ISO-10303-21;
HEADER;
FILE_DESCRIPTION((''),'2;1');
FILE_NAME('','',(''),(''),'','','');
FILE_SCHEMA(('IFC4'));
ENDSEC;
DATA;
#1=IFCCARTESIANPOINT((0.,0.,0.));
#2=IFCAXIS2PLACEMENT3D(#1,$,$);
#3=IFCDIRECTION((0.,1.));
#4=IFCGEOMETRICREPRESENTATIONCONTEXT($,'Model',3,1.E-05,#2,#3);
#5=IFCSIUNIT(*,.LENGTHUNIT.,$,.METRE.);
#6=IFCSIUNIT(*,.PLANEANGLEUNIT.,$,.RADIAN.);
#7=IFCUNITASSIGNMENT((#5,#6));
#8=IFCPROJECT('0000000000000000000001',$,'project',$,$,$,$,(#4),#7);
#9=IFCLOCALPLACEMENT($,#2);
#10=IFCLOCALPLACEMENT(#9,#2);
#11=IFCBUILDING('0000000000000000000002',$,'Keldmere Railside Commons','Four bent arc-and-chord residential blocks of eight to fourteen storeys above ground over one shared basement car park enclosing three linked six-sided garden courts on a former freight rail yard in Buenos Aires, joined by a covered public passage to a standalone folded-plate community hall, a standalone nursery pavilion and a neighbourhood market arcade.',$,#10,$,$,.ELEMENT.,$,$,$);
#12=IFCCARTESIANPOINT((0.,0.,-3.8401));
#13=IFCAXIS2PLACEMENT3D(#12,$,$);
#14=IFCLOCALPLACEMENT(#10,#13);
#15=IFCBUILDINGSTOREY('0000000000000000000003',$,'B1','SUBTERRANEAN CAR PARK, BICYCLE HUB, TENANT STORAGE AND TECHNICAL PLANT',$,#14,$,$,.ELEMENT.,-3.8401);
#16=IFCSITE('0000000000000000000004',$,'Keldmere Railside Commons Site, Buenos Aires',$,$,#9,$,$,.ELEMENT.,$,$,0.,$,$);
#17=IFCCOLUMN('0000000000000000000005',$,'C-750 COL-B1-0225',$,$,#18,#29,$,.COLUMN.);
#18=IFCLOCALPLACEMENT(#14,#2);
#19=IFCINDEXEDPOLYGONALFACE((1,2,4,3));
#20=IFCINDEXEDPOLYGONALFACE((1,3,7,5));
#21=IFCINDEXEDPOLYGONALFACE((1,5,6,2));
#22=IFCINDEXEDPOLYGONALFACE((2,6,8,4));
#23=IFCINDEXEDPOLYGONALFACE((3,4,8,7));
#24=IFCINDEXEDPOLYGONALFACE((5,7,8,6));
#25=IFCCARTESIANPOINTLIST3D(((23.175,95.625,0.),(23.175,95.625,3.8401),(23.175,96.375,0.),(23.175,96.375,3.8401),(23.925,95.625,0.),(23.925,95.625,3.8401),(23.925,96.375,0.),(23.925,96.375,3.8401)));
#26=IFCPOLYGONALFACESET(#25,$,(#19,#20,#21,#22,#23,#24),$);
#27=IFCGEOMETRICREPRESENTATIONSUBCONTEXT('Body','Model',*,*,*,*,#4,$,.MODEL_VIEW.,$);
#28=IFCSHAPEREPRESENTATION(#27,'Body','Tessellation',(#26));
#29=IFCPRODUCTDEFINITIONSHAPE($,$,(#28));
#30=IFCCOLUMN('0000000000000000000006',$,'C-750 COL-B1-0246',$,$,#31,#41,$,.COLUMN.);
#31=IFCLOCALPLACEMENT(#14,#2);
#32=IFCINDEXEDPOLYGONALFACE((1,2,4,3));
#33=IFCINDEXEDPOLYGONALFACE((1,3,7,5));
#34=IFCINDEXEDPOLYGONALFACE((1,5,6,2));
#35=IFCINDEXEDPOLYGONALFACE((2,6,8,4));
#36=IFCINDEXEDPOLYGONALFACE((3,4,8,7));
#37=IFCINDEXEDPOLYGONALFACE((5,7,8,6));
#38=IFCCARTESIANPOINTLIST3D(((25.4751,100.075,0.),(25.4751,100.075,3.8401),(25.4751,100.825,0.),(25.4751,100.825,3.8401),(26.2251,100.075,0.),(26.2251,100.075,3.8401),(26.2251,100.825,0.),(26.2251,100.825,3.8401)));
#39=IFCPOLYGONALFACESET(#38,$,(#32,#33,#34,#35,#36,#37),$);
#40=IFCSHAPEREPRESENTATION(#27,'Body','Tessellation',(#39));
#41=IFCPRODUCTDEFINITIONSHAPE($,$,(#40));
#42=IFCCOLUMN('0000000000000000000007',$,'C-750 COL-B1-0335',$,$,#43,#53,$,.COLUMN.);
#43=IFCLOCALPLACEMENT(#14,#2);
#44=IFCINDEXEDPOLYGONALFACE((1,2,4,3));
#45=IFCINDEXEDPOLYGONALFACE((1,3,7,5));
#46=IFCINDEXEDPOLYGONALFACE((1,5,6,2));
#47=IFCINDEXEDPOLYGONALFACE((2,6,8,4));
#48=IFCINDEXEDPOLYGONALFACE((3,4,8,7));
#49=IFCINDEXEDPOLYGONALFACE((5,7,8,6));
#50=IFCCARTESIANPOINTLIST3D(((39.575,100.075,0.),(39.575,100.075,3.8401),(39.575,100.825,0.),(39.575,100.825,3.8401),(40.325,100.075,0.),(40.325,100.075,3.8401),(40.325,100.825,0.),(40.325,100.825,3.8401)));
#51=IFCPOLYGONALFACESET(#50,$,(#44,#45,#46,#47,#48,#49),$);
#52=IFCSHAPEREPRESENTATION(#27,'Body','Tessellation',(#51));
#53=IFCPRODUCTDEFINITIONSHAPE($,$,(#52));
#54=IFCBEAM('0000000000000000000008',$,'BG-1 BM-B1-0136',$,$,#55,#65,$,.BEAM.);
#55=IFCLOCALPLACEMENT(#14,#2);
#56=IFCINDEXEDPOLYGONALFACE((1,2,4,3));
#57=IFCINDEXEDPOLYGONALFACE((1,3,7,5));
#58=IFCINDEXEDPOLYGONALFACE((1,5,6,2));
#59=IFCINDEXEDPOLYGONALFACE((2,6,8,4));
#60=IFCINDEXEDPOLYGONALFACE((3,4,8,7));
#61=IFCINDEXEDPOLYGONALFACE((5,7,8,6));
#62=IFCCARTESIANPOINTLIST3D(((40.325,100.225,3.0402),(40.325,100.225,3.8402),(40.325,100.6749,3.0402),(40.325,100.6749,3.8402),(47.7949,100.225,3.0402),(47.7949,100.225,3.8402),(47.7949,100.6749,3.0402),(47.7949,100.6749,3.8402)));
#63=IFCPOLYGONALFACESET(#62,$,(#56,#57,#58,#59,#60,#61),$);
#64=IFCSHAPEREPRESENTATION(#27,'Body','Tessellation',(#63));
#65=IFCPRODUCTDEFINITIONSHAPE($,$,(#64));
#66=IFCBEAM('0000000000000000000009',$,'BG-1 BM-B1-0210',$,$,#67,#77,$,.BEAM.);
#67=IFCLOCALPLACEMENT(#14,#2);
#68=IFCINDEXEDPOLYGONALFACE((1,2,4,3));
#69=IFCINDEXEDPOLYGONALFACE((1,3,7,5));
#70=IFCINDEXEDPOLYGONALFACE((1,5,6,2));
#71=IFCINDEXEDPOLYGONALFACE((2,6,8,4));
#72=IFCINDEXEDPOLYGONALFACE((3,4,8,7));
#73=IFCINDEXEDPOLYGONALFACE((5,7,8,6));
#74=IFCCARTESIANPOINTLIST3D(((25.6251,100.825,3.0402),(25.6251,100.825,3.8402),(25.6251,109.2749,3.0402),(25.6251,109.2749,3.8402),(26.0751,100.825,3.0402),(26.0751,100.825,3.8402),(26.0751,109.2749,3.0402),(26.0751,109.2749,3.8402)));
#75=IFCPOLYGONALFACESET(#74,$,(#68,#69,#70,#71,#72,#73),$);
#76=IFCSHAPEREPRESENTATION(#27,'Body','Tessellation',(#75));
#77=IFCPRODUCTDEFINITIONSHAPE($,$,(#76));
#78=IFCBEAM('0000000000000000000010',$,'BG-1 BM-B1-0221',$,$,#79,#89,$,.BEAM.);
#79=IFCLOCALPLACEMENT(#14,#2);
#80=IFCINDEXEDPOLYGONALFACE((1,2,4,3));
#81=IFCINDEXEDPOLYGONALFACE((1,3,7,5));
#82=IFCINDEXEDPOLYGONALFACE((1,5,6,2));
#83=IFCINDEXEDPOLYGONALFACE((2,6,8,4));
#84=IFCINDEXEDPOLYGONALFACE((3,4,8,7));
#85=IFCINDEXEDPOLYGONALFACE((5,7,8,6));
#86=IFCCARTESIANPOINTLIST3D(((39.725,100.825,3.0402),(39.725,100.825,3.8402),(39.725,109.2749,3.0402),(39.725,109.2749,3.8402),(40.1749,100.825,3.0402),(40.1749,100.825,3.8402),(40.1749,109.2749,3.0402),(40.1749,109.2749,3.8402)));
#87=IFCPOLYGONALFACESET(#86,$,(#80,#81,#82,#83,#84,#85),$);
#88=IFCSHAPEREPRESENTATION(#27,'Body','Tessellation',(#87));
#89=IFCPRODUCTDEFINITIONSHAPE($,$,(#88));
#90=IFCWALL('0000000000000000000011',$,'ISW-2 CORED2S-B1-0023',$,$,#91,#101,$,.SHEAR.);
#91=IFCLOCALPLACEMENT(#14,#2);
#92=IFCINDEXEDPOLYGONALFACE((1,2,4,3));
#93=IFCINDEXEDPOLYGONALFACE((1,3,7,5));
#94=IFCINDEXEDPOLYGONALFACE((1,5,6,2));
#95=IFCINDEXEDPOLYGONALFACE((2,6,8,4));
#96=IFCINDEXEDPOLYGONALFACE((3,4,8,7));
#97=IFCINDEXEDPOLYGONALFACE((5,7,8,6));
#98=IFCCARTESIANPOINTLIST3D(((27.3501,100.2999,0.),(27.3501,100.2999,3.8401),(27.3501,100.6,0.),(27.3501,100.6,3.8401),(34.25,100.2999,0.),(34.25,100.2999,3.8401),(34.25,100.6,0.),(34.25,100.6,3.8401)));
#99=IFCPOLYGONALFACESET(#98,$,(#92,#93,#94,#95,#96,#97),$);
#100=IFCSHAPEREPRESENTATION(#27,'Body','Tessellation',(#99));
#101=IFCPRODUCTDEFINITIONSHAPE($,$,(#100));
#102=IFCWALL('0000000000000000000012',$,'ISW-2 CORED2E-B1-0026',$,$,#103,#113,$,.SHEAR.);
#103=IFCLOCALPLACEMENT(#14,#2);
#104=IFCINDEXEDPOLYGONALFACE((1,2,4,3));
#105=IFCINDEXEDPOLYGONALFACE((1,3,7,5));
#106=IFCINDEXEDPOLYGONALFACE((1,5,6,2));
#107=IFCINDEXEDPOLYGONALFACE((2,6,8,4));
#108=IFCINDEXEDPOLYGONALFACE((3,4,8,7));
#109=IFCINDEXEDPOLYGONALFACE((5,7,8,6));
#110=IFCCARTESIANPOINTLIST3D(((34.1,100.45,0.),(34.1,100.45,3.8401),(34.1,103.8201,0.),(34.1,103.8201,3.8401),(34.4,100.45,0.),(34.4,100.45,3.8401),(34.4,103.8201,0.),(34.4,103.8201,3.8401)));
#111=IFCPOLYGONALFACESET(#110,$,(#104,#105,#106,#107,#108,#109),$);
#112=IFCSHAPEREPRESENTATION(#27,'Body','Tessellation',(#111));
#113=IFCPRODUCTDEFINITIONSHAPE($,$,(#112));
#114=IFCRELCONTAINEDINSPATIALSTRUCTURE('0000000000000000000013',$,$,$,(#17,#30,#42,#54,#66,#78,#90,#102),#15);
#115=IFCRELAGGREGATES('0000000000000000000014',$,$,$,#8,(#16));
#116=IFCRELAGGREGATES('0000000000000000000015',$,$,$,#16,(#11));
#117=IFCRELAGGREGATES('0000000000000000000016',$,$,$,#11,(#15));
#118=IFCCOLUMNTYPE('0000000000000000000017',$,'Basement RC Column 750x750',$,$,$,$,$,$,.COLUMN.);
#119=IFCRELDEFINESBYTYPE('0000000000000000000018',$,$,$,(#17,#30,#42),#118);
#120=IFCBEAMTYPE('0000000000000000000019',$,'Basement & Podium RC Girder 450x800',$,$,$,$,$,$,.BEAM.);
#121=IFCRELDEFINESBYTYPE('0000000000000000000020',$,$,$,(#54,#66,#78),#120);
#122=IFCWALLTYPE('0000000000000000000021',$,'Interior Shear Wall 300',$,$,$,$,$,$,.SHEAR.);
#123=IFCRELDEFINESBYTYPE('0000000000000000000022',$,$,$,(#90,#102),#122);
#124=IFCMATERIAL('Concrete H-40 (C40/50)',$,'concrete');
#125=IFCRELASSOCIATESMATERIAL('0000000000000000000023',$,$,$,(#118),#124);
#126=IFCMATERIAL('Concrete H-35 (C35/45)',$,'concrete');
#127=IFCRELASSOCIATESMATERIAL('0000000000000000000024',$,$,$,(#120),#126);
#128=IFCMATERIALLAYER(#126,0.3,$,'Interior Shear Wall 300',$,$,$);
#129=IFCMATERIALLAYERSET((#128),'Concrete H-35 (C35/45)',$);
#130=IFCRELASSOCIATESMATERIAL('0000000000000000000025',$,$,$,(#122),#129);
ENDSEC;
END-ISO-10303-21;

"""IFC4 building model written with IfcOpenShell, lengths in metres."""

from ifc_helpers import new_model, si_unit, direction, frame, frame_2d, origin, origin_2d, place, context, subcontext, project, spatial, rectangle, extrude, material, layer, layer_set, material_profile, profile_set, type_object, element, save


model = new_model("IFC4")

# Units and contexts
model_context = context("Model", 3, precision=1e-05, world=origin(), true_north=direction((0.0, 1.0)))
body_context = subcontext(model_context, "Body", "Model", "MODEL_VIEW")
ifc_project = project(units=[si_unit("LENGTHUNIT", "METRE"), si_unit("PLANEANGLEUNIT", "RADIAN")], contexts=[model_context])

# Site, building, storey
site_placement = place(None, origin())
site = spatial("IfcSite", under=ifc_project, at=site_placement, Name="Keldmere Railside Commons Site, Buenos Aires", CompositionType="ELEMENT", RefElevation=0.0)
building_placement = place(site_placement, origin())
building = spatial("IfcBuilding", under=site, at=building_placement, Name="Keldmere Railside Commons", Description="Four bent arc-and-chord residential blocks of eight to fourteen storeys above ground over one shared basement car park enclosing three linked six-sided garden courts on a former freight rail yard in Buenos Aires, joined by a covered public passage to a standalone folded-plate community hall, a standalone nursery pavilion and a neighbourhood market arcade.", CompositionType="ELEMENT")
storey_placement = place(building_placement, frame((0.0, 0.0, -3.8401)))
storey = spatial("IfcBuildingStorey", under=building, at=storey_placement, Name="B1", Description="SUBTERRANEAN CAR PARK, BICYCLE HUB, TENANT STORAGE AND TECHNICAL PLANT", CompositionType="ELEMENT", Elevation=-3.8401)

# Shared definitions
ifc_material_1 = material(Name="Concrete H-40 (C40/50)", Category="concrete")

# Columns
ifc_material_profile_1 = material_profile(ifc_material_1, rectangle(XDim=0.75, YDim=0.75, at=origin_2d()), Name="RC-750x750")
ifc_profile_set_1 = profile_set([ifc_material_profile_1], Name="Concrete H-40 (C40/50)")
column_type = type_object("IfcColumnType", Name="Basement RC Column 750x750", PredefinedType="COLUMN", material=ifc_profile_set_1)
for number, where, z_axis, x_axis, name in (
    (1, (23.55, 96.0, 0.0), (0.0, 0.0, 1.0), (1.0, 0.0, 0.0), "C-750 COL-B1-0225"),
    (2, (25.8501, 100.45, 0.0), (0.0, 0.0, 1.0), (1.0, 0.0, 0.0), "C-750 COL-B1-0246"),
    (3, (39.95, 100.45, 0.0), (0.0, 0.0, 1.0), (1.0, 0.0, 0.0), "C-750 COL-B1-0335"),
):
    element("IfcColumn", number, at=place(storey_placement, frame(where, z_axis=z_axis, x_axis=x_axis)), inside=storey, type_object=column_type, Name=name, PredefinedType="COLUMN", context=body_context, shape_type="SweptSolid", body=[
        extrude(rectangle(XDim=0.75, YDim=0.75, at=origin_2d()), origin(), (0.0, 0.0, 1.0), 3.8401),
    ])

# Beams
ifc_material_2 = material(Name="Concrete H-35 (C35/45)", Category="concrete")
ifc_material_profile_2 = material_profile(ifc_material_2, rectangle(XDim=0.45, YDim=0.8, at=origin_2d()), Name="RC-450x800")
ifc_profile_set_2 = profile_set([ifc_material_profile_2], Name="Concrete H-35 (C35/45)")
beam_type = type_object("IfcBeamType", Name="Basement & Podium RC Girder 450x800", PredefinedType="BEAM", material=ifc_profile_set_2)
beam_placement = place(storey_placement, frame((40.325, 100.45, 3.4402), z_axis=(1.0, 0.0, 0.0), x_axis=(0.0, 1.0, 0.0)))
element("IfcBeam", 4, at=beam_placement, inside=storey, type_object=beam_type, Name="BG-1 BM-B1-0136", PredefinedType="BEAM", context=body_context, shape_type="SweptSolid", body=[
    extrude(rectangle(XDim=0.45, YDim=0.8, at=origin_2d()), origin(), (0.0, 0.0, 1.0), 7.47),
])
for number, where, z_axis, x_axis, name in (
    (5, (25.8501, 100.825, 3.4402), (0.0, 1.0, 0.0), (-1.0, 0.0, 0.0), "BG-1 BM-B1-0210"),
    (6, (39.95, 100.825, 3.4402), (0.0, 1.0, 0.0), (-1.0, 0.0, 0.0), "BG-1 BM-B1-0221"),
):
    element("IfcBeam", number, at=place(storey_placement, frame(where, z_axis=z_axis, x_axis=x_axis)), inside=storey, type_object=beam_type, Name=name, PredefinedType="BEAM", context=body_context, shape_type="SweptSolid", body=[
        extrude(rectangle(XDim=0.45, YDim=0.8, at=origin_2d()), origin(), (0.0, 0.0, 1.0), 8.45),
    ])

# Walls
ifc_layer = layer(ifc_material_2, 0.3, Name="Interior Shear Wall 300")
ifc_layer_set = layer_set([ifc_layer], Name="Concrete H-35 (C35/45)")
wall_type = type_object("IfcWallType", Name="Interior Shear Wall 300", PredefinedType="SHEAR", material=ifc_layer_set)
wall_1_placement = place(storey_placement, frame((27.3501, 100.45, 0.0), z_axis=(0.0, 0.0, 1.0), x_axis=(1.0, 0.0, 0.0)))
element("IfcWall", 7, at=wall_1_placement, inside=storey, type_object=wall_type, Name="ISW-2 CORED2S-B1-0023", PredefinedType="SHEAR", context=body_context, shape_type="SweptSolid", body=[
    extrude(rectangle(XDim=6.8999, YDim=0.3, at=frame_2d((3.45, 0.0))), origin(), (0.0, 0.0, 1.0), 3.8401),
])
wall_2_placement = place(storey_placement, frame((34.25, 100.45, 0.0), z_axis=(0.0, 0.0, 1.0), x_axis=(0.0, 1.0, 0.0)))
element("IfcWall", 8, at=wall_2_placement, inside=storey, type_object=wall_type, Name="ISW-2 CORED2E-B1-0026", PredefinedType="SHEAR", context=body_context, shape_type="SweptSolid", body=[
    extrude(rectangle(XDim=3.3701, YDim=0.3, at=frame_2d((1.6851, 0.0))), origin(), (0.0, 0.0, 1.0), 3.8401),
])

save(model, "model.ifc")
